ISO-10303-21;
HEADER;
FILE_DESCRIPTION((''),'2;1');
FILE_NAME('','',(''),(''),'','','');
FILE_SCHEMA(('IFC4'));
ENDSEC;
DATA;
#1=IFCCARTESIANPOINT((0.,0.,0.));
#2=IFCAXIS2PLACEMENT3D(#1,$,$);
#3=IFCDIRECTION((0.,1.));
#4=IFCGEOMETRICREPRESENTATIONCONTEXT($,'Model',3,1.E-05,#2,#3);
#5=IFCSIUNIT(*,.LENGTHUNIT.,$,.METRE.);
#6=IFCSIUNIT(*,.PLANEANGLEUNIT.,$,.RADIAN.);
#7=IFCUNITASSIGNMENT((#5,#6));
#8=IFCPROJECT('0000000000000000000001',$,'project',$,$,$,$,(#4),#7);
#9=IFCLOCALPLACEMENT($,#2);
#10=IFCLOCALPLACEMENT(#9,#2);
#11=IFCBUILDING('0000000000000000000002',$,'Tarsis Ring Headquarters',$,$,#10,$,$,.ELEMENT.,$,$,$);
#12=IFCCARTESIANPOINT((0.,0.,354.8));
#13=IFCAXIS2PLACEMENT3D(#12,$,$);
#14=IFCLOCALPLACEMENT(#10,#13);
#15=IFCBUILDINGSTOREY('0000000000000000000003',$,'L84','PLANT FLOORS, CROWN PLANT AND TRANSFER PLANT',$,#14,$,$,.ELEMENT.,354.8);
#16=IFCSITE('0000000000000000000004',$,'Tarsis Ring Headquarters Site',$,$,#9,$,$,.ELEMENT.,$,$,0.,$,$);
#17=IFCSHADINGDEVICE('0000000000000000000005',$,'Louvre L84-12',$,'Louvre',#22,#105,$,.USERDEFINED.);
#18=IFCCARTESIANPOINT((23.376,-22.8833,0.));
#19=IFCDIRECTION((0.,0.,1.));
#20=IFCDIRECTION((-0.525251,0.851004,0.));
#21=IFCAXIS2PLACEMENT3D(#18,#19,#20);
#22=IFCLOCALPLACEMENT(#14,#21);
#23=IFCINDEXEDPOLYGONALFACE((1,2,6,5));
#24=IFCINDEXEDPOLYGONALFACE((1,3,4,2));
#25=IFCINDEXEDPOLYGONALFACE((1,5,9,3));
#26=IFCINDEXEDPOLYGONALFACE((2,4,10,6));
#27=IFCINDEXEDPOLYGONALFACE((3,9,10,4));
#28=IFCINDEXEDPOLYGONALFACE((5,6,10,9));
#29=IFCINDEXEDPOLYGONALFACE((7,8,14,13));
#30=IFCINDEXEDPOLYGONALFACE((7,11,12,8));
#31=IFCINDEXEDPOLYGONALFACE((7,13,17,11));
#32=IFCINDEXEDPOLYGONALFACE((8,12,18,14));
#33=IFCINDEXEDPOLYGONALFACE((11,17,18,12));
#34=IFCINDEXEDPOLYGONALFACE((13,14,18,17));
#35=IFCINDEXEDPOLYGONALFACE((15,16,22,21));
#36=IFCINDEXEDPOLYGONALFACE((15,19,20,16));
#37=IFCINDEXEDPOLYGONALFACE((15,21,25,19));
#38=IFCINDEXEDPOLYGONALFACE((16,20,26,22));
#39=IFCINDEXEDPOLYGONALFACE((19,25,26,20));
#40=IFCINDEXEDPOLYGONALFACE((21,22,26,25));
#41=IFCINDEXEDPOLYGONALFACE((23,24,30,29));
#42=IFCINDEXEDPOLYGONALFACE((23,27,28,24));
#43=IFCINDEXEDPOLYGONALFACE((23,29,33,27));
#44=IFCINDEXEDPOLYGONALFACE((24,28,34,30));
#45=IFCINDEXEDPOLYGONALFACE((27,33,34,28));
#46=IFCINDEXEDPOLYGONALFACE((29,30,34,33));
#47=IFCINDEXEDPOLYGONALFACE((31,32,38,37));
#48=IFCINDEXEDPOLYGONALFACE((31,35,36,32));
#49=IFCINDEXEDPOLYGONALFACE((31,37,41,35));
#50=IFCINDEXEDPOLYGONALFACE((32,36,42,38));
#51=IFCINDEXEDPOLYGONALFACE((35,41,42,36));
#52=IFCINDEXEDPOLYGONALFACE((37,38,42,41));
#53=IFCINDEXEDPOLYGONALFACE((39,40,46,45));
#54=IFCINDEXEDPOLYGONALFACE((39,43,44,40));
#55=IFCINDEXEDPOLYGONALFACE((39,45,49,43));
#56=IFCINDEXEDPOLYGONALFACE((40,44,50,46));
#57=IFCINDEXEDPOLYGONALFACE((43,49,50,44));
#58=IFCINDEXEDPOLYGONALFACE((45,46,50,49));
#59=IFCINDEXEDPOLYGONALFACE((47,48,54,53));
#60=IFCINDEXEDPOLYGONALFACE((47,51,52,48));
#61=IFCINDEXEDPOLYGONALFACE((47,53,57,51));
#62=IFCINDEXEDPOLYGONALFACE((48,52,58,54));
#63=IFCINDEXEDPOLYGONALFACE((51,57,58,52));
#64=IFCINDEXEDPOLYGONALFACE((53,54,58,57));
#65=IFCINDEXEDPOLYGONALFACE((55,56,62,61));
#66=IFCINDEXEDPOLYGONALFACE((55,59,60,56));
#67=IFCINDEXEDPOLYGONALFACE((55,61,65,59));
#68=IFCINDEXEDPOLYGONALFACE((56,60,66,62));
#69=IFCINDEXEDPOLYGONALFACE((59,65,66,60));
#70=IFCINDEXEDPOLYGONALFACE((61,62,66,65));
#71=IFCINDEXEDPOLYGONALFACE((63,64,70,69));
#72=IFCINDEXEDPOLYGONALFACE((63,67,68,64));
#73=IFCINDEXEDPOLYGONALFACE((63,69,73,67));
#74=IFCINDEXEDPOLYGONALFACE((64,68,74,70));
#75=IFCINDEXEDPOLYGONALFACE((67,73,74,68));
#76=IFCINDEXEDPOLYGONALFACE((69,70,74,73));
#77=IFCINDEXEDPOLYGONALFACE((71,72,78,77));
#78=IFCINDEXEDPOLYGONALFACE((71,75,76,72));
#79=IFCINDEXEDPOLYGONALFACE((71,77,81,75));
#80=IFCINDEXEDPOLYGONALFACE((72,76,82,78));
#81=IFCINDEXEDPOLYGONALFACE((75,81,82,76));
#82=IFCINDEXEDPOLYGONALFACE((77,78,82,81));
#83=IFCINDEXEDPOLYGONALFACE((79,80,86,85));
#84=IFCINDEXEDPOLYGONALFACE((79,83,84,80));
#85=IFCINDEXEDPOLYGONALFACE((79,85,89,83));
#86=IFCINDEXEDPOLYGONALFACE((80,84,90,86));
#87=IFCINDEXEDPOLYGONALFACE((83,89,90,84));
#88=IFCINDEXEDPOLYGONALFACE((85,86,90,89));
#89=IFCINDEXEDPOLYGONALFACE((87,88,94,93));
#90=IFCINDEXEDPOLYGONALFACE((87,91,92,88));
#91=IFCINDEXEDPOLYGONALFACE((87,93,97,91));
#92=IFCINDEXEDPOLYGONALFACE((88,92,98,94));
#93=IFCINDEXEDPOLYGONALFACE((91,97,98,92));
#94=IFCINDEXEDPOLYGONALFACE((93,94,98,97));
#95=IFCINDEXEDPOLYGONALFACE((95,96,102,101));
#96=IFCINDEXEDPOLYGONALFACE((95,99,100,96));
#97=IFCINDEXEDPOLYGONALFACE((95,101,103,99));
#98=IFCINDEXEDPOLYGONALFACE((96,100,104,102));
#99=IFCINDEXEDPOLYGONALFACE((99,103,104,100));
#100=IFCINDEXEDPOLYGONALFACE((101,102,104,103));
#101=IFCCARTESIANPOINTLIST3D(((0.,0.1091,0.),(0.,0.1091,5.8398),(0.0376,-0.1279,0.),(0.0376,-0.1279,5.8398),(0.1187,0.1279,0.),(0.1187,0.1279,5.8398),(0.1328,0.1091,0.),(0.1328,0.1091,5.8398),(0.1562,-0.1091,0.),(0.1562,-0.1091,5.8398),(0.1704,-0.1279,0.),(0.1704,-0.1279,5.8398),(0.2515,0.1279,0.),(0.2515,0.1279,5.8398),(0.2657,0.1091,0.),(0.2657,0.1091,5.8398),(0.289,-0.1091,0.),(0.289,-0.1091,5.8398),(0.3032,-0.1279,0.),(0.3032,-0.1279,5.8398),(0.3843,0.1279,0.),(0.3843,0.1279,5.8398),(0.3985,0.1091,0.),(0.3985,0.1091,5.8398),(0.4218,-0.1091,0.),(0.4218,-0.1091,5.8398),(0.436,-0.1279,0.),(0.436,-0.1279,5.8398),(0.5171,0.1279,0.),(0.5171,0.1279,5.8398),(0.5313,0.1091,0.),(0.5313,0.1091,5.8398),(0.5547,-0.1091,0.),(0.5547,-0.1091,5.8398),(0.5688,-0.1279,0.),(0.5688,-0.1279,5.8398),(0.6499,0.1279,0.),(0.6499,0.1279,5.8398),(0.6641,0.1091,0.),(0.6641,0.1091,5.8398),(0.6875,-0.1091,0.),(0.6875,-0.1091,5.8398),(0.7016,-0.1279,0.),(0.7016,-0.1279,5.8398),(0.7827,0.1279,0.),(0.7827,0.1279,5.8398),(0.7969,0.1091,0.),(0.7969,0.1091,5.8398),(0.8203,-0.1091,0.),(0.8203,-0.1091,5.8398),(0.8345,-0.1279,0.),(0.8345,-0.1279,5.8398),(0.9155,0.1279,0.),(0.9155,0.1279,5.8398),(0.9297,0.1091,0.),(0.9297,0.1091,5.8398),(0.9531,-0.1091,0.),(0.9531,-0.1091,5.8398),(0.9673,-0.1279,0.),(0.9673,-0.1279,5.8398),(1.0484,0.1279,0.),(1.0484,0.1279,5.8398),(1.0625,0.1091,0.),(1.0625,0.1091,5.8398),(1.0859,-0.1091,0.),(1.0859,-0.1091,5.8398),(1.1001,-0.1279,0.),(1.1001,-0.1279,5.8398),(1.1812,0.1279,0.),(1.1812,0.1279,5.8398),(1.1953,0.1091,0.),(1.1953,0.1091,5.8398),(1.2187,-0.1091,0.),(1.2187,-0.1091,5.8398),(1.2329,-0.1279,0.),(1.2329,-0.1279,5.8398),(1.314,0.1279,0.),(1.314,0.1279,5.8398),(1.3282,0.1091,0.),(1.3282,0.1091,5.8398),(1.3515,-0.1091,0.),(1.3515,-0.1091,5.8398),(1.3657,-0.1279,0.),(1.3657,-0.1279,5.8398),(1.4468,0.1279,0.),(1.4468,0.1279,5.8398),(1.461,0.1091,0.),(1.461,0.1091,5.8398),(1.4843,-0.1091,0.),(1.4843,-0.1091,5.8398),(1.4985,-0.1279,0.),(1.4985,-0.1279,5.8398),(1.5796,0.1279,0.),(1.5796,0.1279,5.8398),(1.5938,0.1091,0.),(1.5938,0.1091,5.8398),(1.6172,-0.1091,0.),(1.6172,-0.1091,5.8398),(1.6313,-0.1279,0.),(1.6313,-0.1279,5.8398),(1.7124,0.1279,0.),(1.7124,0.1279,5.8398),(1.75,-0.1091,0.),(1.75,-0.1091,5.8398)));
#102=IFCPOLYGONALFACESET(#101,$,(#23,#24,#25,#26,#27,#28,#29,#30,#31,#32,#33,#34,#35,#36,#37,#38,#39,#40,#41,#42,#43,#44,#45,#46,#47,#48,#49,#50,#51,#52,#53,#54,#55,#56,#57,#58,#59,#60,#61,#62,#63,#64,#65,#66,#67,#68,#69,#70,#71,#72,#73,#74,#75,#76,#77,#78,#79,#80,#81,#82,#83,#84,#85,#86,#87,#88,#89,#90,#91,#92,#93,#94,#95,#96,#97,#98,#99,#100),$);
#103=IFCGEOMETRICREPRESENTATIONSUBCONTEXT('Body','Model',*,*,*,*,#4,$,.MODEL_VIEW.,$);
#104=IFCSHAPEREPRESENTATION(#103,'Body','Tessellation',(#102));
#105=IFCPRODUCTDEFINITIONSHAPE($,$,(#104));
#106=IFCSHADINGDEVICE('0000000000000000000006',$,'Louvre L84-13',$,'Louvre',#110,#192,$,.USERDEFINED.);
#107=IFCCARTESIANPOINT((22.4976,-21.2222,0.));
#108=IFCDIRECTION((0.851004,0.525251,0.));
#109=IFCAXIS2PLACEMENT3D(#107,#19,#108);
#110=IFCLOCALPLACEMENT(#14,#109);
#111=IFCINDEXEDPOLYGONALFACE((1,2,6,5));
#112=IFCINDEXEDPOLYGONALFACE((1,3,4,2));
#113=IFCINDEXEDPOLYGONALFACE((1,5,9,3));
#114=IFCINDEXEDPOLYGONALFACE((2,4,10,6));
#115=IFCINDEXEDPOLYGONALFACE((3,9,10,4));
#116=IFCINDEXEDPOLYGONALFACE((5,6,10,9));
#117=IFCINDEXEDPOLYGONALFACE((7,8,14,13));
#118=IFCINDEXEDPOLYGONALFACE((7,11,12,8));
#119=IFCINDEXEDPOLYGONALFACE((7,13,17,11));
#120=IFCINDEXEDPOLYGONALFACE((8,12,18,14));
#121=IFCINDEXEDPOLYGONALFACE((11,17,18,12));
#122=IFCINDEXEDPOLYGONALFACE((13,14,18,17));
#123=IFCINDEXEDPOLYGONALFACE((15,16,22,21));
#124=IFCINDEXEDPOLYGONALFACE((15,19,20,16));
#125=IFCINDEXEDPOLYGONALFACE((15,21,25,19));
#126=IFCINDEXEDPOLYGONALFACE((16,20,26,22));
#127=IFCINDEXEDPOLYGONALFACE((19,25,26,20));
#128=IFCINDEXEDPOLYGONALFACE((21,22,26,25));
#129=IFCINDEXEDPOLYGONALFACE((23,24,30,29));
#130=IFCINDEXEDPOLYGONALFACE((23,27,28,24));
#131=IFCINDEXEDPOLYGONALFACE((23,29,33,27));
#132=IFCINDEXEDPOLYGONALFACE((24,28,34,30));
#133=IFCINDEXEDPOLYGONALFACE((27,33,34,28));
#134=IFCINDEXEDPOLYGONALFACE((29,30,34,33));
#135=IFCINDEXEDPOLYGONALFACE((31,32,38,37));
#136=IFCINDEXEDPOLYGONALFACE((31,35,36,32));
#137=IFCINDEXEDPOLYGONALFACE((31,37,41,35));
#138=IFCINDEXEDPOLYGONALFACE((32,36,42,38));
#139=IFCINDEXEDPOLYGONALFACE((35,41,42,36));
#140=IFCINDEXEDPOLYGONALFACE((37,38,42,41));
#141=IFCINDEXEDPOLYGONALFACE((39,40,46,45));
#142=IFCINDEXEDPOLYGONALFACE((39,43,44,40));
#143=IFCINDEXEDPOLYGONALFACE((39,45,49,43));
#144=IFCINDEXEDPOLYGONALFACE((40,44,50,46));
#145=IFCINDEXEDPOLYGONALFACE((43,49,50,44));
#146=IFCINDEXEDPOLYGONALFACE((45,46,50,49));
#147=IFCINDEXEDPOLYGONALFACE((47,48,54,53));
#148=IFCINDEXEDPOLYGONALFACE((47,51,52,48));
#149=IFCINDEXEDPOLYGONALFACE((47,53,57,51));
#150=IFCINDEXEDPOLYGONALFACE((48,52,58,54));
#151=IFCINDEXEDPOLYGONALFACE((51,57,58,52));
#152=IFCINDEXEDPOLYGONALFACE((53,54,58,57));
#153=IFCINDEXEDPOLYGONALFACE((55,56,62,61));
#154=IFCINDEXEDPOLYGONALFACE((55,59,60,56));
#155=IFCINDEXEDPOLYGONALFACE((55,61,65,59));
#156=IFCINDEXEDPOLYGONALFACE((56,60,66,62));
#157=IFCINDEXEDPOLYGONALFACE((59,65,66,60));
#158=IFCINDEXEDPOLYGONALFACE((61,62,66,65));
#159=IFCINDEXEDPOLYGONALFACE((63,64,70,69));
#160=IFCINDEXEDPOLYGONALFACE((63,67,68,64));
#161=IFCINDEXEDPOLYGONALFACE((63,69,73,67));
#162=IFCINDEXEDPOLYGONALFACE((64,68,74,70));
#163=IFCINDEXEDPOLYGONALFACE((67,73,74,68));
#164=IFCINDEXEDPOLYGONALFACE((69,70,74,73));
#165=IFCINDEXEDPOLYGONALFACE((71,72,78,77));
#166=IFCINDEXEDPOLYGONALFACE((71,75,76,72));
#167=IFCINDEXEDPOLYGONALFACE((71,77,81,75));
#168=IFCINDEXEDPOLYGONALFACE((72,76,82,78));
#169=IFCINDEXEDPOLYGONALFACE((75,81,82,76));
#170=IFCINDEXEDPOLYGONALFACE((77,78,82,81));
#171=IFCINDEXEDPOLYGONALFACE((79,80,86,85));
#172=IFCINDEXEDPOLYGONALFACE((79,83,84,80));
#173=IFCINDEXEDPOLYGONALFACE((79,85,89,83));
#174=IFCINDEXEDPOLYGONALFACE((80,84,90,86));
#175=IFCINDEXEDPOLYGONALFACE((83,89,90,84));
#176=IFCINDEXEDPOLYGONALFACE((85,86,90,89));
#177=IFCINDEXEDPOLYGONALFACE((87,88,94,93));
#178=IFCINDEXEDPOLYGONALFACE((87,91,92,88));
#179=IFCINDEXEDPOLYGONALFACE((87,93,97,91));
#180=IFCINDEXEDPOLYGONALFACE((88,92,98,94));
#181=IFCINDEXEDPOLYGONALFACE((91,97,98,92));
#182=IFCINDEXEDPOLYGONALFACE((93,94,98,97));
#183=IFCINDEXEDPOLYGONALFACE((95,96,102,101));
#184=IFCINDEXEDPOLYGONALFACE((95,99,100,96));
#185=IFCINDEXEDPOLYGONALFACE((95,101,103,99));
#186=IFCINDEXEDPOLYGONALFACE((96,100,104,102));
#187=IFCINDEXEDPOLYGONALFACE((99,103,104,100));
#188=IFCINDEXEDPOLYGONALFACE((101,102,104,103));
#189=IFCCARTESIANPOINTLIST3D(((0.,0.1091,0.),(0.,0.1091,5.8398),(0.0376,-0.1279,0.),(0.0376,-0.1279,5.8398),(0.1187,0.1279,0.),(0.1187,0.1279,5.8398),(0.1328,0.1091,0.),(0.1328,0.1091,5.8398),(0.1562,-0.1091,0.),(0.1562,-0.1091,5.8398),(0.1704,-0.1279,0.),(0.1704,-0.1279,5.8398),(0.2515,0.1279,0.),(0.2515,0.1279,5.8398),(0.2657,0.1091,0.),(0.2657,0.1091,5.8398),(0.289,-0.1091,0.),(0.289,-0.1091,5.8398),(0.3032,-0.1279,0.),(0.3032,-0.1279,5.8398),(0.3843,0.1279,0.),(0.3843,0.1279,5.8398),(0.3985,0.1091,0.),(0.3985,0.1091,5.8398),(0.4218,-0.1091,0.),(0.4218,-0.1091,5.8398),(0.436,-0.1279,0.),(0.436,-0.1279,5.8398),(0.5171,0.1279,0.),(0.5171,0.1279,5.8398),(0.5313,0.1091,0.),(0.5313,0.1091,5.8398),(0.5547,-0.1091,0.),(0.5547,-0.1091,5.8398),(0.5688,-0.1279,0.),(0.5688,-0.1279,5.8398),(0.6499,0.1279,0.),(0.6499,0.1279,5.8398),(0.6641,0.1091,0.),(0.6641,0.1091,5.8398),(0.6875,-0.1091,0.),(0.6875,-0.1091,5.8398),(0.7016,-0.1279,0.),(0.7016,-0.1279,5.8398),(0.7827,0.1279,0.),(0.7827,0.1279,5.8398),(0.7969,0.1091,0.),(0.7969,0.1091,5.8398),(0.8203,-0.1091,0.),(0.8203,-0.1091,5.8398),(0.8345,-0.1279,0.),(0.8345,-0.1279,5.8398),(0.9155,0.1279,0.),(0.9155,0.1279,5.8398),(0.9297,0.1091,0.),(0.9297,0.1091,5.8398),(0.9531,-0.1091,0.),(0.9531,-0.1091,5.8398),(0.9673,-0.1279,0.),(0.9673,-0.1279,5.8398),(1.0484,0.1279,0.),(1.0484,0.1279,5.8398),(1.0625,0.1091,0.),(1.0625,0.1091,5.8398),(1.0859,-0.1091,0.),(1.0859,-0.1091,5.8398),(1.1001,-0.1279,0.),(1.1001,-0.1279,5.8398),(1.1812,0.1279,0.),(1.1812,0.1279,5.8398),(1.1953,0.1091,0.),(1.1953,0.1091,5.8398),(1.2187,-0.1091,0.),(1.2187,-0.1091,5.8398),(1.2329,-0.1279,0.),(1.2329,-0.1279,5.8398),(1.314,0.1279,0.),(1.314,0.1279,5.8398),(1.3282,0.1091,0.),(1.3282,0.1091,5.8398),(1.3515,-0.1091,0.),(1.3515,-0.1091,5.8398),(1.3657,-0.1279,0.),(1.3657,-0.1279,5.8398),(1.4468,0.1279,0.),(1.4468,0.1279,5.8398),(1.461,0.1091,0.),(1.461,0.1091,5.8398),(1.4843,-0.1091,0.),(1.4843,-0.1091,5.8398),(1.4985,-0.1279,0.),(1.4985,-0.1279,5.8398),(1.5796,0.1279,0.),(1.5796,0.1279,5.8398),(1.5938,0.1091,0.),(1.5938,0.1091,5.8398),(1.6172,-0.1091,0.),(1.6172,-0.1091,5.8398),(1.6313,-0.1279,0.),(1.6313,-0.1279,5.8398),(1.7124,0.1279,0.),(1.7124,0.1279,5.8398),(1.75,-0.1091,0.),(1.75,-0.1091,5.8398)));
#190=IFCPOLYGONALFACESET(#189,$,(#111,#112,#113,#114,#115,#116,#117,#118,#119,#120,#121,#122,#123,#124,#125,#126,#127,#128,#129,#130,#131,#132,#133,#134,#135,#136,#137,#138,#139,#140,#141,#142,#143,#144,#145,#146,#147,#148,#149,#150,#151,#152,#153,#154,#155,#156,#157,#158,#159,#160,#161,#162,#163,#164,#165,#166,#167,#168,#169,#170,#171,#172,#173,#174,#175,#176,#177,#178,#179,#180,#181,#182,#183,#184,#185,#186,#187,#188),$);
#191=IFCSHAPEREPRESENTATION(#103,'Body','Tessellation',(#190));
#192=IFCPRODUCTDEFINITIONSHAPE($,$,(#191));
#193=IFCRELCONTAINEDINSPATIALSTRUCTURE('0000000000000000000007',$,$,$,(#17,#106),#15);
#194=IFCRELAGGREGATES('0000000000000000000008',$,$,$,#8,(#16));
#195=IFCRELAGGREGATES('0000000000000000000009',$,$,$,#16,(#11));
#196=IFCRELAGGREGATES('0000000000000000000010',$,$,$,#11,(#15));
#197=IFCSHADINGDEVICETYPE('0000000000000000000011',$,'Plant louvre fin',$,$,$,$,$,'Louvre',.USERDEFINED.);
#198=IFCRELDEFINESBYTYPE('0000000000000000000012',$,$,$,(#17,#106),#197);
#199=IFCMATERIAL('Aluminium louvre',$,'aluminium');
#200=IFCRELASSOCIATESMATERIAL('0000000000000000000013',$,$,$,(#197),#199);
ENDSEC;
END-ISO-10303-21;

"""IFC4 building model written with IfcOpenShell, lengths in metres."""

from ifc_helpers import new_model, si_unit, direction, frame, frame_2d, origin, place, context, subcontext, project, spatial, rectangle, composite_profile, extrude, material, type_object, element, save


model = new_model("IFC4")

# Units and contexts
model_context = context("Model", 3, precision=1e-05, world=origin(), true_north=direction((0.0, 1.0)))
body_context = subcontext(model_context, "Body", "Model", "MODEL_VIEW")
ifc_project = project(units=[si_unit("LENGTHUNIT", "METRE"), si_unit("PLANEANGLEUNIT", "RADIAN")], contexts=[model_context])

# Site, building, storey
site_placement = place(None, origin())
site = spatial("IfcSite", under=ifc_project, at=site_placement, Name="Tarsis Ring Headquarters Site", CompositionType="ELEMENT", RefElevation=0.0)
building_placement = place(site_placement, origin())
building = spatial("IfcBuilding", under=site, at=building_placement, Name="Tarsis Ring Headquarters", CompositionType="ELEMENT")
storey_placement = place(building_placement, frame((0.0, 0.0, 354.8)))
storey = spatial("IfcBuildingStorey", under=building, at=storey_placement, Name="L84", Description="PLANT FLOORS, CROWN PLANT AND TRANSFER PLANT", CompositionType="ELEMENT", Elevation=354.8)

# Shading devices
ifc_material_1 = material(Name="Aluminium louvre", Category="aluminium")
shading_device_type_1 = type_object("IfcShadingDeviceType", Name="Plant louvre fin", ElementType="Louvre", PredefinedType="USERDEFINED", material=ifc_material_1)
for number, where, z_axis, x_axis, name in (
    (1, (23.376, -22.8833, 0.0), (0.0, 0.0, 1.0), (-0.525251, 0.851004, 0.0), "Louvre L84-12"),
    (2, (22.4976, -21.2222, 0.0), (0.0, 0.0, 1.0), (0.851004, 0.525251, 0.0), "Louvre L84-13"),
):
    element("IfcShadingDevice", number, at=place(storey_placement, frame(where, z_axis=z_axis, x_axis=x_axis)), inside=storey, type_object=shading_device_type_1, Name=name, ObjectType="Louvre", PredefinedType="USERDEFINED", context=body_context, shape_type="SweptSolid", body=[
        extrude(composite_profile([rectangle(XDim=0.1201, YDim=0.24, at=frame_2d((0.0781, 0.0), x_axis=(0.987688, 0.156434))), rectangle(XDim=0.1201, YDim=0.24, at=frame_2d((0.2109, 0.0), x_axis=(0.987688, 0.156434))), rectangle(XDim=0.1201, YDim=0.24, at=frame_2d((0.3438, 0.0), x_axis=(0.987688, 0.156434))), rectangle(XDim=0.1201, YDim=0.24, at=frame_2d((0.4766, 0.0), x_axis=(0.987688, 0.156434))), rectangle(XDim=0.1201, YDim=0.24, at=frame_2d((0.6094, 0.0), x_axis=(0.987688, 0.156434))), rectangle(XDim=0.1201, YDim=0.24, at=frame_2d((0.7422, 0.0), x_axis=(0.987688, 0.156434))), rectangle(XDim=0.1201, YDim=0.24, at=frame_2d((0.875, 0.0), x_axis=(0.987688, 0.156434))), rectangle(XDim=0.1201, YDim=0.24, at=frame_2d((1.0078, 0.0), x_axis=(0.987688, 0.156434))), rectangle(XDim=0.1201, YDim=0.24, at=frame_2d((1.1406, 0.0), x_axis=(0.987688, 0.156434))), rectangle(XDim=0.1201, YDim=0.24, at=frame_2d((1.2734, 0.0), x_axis=(0.987688, 0.156434))), rectangle(XDim=0.1201, YDim=0.24, at=frame_2d((1.4062, 0.0), x_axis=(0.987688, 0.156434))), rectangle(XDim=0.1201, YDim=0.24, at=frame_2d((1.5391, 0.0), x_axis=(0.987688, 0.156434))), rectangle(XDim=0.1201, YDim=0.24, at=frame_2d((1.6719, 0.0), x_axis=(0.987688, 0.156434)))]), origin(), (0.0, 0.0, 1.0), 5.8398),
    ])

save(model, "model.ifc")
